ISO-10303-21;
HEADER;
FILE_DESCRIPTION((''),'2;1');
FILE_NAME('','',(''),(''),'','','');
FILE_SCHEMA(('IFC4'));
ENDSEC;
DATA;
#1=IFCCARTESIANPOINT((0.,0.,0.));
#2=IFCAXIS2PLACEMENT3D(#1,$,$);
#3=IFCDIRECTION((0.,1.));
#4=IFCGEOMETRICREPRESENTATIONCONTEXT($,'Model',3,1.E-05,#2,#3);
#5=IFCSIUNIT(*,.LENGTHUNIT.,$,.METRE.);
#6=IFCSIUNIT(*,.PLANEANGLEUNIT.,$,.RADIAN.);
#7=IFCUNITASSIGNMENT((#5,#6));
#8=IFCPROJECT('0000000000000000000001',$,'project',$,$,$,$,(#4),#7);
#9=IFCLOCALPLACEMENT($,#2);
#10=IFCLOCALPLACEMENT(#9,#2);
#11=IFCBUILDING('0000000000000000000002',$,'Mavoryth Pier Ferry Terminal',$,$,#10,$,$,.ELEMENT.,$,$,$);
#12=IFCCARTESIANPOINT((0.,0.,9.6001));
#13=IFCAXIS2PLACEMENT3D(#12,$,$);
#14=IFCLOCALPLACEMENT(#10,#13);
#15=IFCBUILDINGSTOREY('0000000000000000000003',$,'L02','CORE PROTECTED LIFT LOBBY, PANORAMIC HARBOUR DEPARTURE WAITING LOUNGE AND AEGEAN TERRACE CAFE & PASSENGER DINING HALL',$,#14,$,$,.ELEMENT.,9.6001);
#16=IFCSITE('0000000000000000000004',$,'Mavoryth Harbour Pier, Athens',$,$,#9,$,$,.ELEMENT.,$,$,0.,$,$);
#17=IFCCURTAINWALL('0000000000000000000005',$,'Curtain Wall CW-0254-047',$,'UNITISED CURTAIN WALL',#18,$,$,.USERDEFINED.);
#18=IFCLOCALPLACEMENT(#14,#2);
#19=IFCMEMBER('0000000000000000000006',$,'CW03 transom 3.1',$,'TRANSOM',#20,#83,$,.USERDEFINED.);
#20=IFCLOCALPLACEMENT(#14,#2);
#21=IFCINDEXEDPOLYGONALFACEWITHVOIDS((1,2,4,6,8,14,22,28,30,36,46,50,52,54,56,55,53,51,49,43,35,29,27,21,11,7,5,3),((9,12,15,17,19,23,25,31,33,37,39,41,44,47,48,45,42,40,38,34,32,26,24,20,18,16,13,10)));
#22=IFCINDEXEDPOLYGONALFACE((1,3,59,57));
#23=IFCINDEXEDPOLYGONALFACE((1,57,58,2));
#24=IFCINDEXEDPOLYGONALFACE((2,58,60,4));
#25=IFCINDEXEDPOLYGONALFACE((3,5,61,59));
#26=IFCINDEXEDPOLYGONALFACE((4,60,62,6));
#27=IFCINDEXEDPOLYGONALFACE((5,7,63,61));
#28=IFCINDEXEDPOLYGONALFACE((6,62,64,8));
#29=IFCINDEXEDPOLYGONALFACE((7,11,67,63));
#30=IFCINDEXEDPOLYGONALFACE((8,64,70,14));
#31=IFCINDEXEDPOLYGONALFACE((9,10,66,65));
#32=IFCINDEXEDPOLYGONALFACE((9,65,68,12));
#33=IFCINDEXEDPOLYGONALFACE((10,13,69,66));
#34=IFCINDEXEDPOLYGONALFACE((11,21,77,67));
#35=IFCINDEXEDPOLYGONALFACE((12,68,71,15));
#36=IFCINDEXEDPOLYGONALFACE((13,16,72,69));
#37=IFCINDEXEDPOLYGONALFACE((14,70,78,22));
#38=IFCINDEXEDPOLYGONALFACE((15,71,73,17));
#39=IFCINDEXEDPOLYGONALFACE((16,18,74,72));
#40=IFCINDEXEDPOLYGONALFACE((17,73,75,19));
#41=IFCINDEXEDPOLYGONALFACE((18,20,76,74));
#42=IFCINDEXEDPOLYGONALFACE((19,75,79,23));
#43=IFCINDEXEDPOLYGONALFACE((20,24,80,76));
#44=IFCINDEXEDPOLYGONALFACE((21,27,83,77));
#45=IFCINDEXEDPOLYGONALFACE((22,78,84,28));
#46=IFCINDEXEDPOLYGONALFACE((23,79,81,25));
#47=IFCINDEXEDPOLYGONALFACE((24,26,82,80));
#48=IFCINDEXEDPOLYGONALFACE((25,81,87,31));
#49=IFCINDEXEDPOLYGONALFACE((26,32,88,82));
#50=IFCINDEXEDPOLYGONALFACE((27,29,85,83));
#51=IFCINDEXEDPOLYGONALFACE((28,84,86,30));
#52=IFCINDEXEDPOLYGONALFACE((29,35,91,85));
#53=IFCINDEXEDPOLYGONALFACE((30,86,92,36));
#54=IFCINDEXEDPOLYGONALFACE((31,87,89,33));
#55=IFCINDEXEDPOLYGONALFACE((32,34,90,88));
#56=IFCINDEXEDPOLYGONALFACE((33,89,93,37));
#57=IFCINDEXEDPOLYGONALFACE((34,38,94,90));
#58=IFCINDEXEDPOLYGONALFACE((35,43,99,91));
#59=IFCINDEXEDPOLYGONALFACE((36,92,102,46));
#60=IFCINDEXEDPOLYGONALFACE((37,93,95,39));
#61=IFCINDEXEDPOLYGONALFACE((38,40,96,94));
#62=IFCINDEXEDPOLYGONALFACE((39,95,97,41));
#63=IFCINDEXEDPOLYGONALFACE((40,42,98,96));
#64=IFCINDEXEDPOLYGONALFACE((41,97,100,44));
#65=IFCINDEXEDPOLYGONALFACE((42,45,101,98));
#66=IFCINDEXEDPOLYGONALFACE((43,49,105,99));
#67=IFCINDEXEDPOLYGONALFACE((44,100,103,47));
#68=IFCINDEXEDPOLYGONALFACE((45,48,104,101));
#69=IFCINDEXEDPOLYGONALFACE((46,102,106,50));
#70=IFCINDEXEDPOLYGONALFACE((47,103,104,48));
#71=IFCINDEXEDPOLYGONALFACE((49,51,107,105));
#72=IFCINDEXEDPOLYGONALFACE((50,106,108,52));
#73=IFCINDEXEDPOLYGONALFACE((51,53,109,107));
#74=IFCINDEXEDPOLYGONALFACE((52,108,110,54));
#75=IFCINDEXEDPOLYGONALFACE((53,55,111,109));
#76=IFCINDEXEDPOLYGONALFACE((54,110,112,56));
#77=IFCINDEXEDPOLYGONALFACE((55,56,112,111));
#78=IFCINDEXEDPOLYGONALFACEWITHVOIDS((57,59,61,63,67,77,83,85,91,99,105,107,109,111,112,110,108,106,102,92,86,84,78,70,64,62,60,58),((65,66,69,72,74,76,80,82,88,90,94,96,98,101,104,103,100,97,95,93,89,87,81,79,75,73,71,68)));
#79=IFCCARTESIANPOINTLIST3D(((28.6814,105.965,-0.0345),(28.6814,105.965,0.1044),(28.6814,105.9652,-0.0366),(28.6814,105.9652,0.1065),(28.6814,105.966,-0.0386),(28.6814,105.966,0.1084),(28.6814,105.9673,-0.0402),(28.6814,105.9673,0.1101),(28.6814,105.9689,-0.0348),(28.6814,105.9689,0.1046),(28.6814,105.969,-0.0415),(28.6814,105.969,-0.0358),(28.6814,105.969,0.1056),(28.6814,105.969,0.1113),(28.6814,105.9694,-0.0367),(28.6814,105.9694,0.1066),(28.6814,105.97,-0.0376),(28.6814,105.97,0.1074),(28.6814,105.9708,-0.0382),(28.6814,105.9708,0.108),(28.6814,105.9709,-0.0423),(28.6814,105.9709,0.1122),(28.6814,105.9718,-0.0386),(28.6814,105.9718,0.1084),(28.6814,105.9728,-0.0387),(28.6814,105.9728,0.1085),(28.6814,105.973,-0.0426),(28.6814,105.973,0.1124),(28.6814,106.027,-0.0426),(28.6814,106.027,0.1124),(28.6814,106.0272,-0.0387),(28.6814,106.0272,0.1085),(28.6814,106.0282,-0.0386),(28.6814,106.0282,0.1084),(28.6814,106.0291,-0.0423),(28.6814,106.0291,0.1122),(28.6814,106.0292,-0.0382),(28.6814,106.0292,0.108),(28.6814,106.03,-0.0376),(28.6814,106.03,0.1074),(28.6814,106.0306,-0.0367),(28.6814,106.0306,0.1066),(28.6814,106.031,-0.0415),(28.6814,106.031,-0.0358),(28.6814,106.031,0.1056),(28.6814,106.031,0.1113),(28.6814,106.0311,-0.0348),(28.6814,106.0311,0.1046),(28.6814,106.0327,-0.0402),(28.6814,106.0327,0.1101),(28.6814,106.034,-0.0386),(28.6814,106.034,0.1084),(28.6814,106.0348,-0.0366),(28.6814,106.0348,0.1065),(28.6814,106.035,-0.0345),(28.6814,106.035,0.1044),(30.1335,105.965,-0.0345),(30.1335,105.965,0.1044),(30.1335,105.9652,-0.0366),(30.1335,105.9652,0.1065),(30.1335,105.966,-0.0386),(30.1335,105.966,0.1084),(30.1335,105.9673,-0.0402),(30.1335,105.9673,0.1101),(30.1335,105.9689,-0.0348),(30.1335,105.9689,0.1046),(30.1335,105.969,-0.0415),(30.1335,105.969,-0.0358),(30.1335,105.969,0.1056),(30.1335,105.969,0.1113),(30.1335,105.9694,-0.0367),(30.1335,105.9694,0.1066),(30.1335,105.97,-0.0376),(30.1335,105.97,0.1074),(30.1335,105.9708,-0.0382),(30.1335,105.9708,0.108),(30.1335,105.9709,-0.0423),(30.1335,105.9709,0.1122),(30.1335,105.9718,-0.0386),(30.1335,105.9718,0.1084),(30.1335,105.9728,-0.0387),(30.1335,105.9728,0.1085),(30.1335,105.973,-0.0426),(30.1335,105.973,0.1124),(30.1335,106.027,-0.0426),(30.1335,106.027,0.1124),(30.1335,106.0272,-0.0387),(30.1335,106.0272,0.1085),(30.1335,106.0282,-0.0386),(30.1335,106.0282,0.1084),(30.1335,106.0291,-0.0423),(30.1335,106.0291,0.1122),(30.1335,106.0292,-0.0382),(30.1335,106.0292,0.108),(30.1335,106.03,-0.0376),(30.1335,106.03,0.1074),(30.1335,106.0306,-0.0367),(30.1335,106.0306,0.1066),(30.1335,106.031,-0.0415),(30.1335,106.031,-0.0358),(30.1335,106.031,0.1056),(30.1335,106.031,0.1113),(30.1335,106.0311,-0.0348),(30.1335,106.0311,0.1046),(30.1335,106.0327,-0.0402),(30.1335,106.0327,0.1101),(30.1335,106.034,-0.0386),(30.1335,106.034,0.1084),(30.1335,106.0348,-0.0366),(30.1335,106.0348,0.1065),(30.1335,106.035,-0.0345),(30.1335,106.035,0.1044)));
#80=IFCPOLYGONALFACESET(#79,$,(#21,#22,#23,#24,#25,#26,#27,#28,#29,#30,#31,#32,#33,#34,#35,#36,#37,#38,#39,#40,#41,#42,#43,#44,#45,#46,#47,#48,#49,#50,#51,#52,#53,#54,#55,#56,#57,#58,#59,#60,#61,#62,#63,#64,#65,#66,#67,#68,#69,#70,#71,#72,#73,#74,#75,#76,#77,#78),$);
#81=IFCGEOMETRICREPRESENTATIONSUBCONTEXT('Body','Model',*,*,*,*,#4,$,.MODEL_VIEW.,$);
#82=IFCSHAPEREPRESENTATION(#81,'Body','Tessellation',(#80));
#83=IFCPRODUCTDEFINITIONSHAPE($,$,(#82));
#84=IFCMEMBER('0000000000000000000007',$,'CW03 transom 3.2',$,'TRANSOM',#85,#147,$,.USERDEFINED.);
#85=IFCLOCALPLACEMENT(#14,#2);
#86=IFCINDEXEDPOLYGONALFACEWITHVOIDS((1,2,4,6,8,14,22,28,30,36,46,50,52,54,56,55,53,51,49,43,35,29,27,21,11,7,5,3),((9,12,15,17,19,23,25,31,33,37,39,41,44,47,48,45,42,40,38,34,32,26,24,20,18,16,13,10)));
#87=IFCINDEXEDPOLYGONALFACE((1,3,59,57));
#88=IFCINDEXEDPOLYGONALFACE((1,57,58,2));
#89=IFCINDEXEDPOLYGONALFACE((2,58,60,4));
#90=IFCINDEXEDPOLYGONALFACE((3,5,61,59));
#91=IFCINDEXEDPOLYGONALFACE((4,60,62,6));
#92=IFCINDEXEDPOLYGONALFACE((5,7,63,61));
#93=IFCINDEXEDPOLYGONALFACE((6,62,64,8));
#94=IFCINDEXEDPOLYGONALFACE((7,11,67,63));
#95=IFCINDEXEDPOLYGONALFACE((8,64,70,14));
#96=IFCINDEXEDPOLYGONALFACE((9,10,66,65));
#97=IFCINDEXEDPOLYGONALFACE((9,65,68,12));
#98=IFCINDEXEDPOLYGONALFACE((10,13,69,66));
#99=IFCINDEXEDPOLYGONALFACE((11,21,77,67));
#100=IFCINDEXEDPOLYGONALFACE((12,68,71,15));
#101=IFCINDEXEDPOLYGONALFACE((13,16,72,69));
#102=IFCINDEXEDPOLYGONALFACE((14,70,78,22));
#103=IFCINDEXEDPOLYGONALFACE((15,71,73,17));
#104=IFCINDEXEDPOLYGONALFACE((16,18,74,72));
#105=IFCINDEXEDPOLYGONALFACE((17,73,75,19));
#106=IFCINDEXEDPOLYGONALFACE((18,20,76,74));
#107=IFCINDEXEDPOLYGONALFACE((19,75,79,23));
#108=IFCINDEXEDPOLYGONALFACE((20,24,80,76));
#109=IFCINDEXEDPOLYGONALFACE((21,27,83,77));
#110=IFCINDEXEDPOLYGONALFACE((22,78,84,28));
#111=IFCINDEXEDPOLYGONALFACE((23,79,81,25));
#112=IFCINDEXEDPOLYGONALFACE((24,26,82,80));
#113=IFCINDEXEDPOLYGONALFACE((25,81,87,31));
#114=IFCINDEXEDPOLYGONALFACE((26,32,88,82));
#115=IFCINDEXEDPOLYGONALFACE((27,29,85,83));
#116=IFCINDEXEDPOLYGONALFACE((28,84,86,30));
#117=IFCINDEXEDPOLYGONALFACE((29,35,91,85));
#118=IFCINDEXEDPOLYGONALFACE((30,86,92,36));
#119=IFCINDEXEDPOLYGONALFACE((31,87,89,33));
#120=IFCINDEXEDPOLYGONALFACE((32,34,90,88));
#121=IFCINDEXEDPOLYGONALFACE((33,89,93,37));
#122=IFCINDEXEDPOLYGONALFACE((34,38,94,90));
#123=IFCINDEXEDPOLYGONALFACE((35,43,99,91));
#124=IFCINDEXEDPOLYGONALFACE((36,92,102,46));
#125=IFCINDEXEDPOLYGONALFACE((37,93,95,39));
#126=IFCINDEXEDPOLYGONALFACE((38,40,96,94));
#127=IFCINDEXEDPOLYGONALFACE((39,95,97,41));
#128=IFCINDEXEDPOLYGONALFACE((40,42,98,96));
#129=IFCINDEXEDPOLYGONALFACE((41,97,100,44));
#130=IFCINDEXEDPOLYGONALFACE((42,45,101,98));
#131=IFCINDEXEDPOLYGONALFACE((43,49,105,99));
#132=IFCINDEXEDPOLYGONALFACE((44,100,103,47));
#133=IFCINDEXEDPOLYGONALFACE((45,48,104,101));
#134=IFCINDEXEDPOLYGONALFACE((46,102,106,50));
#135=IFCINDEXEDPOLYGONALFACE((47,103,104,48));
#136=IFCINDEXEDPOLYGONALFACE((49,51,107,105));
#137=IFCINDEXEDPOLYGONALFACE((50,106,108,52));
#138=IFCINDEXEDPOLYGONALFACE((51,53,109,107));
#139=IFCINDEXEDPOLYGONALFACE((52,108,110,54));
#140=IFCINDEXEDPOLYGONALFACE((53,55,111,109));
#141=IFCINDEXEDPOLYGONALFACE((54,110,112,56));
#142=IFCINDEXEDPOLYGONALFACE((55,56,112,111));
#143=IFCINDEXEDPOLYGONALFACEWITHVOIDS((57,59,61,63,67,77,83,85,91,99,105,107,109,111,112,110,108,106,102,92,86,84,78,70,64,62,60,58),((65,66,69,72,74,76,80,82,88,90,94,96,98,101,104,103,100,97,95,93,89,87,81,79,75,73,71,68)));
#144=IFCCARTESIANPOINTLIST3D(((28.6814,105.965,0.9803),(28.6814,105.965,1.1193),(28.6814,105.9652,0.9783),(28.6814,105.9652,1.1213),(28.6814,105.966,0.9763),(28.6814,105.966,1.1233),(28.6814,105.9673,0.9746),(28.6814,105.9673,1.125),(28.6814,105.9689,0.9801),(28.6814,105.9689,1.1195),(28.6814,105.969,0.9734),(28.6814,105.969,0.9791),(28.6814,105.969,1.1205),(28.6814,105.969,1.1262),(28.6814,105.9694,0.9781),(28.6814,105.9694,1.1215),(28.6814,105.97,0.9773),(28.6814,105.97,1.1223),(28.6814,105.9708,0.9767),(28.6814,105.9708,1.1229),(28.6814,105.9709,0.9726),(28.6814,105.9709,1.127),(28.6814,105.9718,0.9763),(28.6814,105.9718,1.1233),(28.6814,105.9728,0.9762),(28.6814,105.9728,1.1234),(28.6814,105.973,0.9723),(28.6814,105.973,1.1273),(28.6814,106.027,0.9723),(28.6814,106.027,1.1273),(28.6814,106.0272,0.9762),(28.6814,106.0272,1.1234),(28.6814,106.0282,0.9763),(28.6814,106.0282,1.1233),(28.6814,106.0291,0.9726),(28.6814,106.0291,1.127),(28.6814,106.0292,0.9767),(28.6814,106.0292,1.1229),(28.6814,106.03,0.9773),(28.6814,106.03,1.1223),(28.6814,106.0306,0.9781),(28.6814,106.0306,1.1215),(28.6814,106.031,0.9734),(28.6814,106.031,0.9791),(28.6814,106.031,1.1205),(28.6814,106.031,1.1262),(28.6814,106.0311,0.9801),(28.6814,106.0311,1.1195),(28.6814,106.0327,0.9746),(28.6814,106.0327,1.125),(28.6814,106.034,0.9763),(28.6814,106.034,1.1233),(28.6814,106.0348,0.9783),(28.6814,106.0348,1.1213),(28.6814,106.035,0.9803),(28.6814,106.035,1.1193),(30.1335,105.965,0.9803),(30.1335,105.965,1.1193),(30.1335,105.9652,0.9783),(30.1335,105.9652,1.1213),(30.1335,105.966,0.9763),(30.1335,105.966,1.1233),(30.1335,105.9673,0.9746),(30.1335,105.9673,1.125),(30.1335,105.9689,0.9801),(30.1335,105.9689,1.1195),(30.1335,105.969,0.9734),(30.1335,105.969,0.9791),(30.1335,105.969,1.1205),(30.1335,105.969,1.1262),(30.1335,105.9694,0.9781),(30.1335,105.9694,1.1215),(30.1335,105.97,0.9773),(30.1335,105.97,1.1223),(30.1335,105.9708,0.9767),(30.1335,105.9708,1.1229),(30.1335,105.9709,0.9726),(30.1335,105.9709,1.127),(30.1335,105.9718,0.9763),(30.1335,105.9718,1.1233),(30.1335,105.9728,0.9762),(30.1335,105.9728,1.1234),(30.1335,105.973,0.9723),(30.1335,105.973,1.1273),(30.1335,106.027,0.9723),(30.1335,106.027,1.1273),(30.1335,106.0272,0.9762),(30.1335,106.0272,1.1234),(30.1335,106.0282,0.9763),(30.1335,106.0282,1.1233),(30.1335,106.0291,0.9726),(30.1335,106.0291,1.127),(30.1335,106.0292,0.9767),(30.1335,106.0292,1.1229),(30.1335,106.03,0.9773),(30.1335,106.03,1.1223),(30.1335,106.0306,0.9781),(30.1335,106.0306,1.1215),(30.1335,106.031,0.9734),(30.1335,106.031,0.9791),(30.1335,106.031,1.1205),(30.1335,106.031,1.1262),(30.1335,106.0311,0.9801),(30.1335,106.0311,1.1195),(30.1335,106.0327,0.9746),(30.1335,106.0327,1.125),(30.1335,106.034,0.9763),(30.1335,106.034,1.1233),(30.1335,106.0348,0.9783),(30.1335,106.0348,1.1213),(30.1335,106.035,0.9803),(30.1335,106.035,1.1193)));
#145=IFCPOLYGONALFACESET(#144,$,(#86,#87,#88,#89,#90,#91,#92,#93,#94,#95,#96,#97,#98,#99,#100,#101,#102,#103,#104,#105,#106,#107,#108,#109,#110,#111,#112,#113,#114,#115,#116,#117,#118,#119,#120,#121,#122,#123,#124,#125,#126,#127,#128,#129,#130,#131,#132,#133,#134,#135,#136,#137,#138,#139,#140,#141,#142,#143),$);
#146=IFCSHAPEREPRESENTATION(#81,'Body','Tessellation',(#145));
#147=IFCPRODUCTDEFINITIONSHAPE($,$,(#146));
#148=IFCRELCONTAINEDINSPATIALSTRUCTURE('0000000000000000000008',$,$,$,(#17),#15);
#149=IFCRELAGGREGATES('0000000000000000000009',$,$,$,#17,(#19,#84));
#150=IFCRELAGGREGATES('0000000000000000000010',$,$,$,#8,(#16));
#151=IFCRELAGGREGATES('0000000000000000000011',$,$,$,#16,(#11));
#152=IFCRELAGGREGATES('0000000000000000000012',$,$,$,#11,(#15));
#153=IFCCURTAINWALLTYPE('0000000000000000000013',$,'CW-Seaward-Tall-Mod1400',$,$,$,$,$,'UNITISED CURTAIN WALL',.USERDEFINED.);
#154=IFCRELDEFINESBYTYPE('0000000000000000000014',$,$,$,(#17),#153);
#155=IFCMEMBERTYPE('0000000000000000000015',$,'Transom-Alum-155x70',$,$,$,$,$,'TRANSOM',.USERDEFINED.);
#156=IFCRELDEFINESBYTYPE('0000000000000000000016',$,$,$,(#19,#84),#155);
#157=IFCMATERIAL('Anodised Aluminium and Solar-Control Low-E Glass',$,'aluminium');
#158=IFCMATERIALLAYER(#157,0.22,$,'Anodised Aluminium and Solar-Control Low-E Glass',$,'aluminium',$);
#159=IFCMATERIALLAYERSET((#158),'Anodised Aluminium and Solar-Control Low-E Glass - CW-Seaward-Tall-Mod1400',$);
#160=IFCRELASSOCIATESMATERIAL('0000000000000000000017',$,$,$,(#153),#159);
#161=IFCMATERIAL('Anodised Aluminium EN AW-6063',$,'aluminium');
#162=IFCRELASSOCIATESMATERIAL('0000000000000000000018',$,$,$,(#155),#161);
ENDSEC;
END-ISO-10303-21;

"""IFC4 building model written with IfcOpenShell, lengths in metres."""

from ifc_helpers import new_model, si_unit, direction, frame, origin, origin_2d, place, context, subcontext, project, spatial, hollow_rectangle, extrude, material, layer, layer_set, material_profile, profile_set, type_object, element, aggregate, save


model = new_model("IFC4")

# Units and contexts
model_context = context("Model", 3, precision=1e-05, world=origin(), true_north=direction((0.0, 1.0)))
body_context = subcontext(model_context, "Body", "Model", "MODEL_VIEW")
ifc_project = project(units=[si_unit("LENGTHUNIT", "METRE"), si_unit("PLANEANGLEUNIT", "RADIAN")], contexts=[model_context])

# Site, building, storey
site_placement = place(None, origin())
site = spatial("IfcSite", under=ifc_project, at=site_placement, Name="Mavoryth Harbour Pier, Athens", CompositionType="ELEMENT", RefElevation=0.0)
building_placement = place(site_placement, origin())
building = spatial("IfcBuilding", under=site, at=building_placement, Name="Mavoryth Pier Ferry Terminal", CompositionType="ELEMENT")
storey_placement = place(building_placement, frame((0.0, 0.0, 9.6001)))
storey = spatial("IfcBuildingStorey", under=building, at=storey_placement, Name="L02", Description="CORE PROTECTED LIFT LOBBY, PANORAMIC HARBOUR DEPARTURE WAITING LOUNGE AND AEGEAN TERRACE CAFE & PASSENGER DINING HALL", CompositionType="ELEMENT", Elevation=9.6001)

# Curtain wall
ifc_material_1 = material(Name="Anodised Aluminium and Solar-Control Low-E Glass", Category="aluminium")
ifc_layer_1 = layer(ifc_material_1, 0.22, Name="Anodised Aluminium and Solar-Control Low-E Glass", Category="aluminium")
ifc_layer_set_1 = layer_set([ifc_layer_1], Name="Anodised Aluminium and Solar-Control Low-E Glass - CW-Seaward-Tall-Mod1400")
curtain_wall_type = type_object("IfcCurtainWallType", Name="CW-Seaward-Tall-Mod1400", ElementType="UNITISED CURTAIN WALL", PredefinedType="USERDEFINED", material=ifc_layer_set_1)
curtain_wall_placement = place(storey_placement, origin())
curtain_wall = element("IfcCurtainWall", 1, at=curtain_wall_placement, inside=storey, type_object=curtain_wall_type, Name="Curtain Wall CW-0254-047", ObjectType="UNITISED CURTAIN WALL", PredefinedType="USERDEFINED")
ifc_material_2 = material(Name="Anodised Aluminium EN AW-6063", Category="aluminium")

# Members
ifc_material_profile_1 = material_profile(ifc_material_2, hollow_rectangle(XDim=0.0701, YDim=0.155, WallThickness=0.0039, InnerFilletRadius=0.0039, OuterFilletRadius=0.0081, at=origin_2d()), Name="AL-TRAN 155x70x4", Category="aluminium")
ifc_profile_set_1 = profile_set([ifc_material_profile_1], Name="Anodised Aluminium EN AW-6063 - AL-TRAN 155x70x4")
member_type_1 = type_object("IfcMemberType", Name="Transom-Alum-155x70", ElementType="TRANSOM", PredefinedType="USERDEFINED", material=ifc_profile_set_1)
member_1_placement = place(storey_placement, frame((30.1335, 106.0, 0.0349), z_axis=(-1.0, 0.0, 0.0), x_axis=(0.0, -1.0, 0.0)))
member_1 = element("IfcMember", 2, at=member_1_placement, type_object=member_type_1, Name="CW03 transom 3.1", ObjectType="TRANSOM", PredefinedType="USERDEFINED", context=body_context, shape_type="SweptSolid", body=[
    extrude(hollow_rectangle(XDim=0.0701, YDim=0.155, WallThickness=0.0039, InnerFilletRadius=0.0039, OuterFilletRadius=0.0081, at=origin_2d()), origin(), (0.0, 0.0, 1.0), 1.4521),
])
member_2_placement = place(storey_placement, frame((30.1335, 106.0, 1.0498), z_axis=(-1.0, 0.0, 0.0), x_axis=(0.0, -1.0, 0.0)))
member_2 = element("IfcMember", 3, at=member_2_placement, type_object=member_type_1, Name="CW03 transom 3.2", ObjectType="TRANSOM", PredefinedType="USERDEFINED", context=body_context, shape_type="SweptSolid", body=[
    extrude(hollow_rectangle(XDim=0.0701, YDim=0.155, WallThickness=0.0039, InnerFilletRadius=0.0039, OuterFilletRadius=0.0081, at=origin_2d()), origin(), (0.0, 0.0, 1.0), 1.4521),
])

aggregate(curtain_wall, [member_1, member_2])

save(model, "model.ifc")
